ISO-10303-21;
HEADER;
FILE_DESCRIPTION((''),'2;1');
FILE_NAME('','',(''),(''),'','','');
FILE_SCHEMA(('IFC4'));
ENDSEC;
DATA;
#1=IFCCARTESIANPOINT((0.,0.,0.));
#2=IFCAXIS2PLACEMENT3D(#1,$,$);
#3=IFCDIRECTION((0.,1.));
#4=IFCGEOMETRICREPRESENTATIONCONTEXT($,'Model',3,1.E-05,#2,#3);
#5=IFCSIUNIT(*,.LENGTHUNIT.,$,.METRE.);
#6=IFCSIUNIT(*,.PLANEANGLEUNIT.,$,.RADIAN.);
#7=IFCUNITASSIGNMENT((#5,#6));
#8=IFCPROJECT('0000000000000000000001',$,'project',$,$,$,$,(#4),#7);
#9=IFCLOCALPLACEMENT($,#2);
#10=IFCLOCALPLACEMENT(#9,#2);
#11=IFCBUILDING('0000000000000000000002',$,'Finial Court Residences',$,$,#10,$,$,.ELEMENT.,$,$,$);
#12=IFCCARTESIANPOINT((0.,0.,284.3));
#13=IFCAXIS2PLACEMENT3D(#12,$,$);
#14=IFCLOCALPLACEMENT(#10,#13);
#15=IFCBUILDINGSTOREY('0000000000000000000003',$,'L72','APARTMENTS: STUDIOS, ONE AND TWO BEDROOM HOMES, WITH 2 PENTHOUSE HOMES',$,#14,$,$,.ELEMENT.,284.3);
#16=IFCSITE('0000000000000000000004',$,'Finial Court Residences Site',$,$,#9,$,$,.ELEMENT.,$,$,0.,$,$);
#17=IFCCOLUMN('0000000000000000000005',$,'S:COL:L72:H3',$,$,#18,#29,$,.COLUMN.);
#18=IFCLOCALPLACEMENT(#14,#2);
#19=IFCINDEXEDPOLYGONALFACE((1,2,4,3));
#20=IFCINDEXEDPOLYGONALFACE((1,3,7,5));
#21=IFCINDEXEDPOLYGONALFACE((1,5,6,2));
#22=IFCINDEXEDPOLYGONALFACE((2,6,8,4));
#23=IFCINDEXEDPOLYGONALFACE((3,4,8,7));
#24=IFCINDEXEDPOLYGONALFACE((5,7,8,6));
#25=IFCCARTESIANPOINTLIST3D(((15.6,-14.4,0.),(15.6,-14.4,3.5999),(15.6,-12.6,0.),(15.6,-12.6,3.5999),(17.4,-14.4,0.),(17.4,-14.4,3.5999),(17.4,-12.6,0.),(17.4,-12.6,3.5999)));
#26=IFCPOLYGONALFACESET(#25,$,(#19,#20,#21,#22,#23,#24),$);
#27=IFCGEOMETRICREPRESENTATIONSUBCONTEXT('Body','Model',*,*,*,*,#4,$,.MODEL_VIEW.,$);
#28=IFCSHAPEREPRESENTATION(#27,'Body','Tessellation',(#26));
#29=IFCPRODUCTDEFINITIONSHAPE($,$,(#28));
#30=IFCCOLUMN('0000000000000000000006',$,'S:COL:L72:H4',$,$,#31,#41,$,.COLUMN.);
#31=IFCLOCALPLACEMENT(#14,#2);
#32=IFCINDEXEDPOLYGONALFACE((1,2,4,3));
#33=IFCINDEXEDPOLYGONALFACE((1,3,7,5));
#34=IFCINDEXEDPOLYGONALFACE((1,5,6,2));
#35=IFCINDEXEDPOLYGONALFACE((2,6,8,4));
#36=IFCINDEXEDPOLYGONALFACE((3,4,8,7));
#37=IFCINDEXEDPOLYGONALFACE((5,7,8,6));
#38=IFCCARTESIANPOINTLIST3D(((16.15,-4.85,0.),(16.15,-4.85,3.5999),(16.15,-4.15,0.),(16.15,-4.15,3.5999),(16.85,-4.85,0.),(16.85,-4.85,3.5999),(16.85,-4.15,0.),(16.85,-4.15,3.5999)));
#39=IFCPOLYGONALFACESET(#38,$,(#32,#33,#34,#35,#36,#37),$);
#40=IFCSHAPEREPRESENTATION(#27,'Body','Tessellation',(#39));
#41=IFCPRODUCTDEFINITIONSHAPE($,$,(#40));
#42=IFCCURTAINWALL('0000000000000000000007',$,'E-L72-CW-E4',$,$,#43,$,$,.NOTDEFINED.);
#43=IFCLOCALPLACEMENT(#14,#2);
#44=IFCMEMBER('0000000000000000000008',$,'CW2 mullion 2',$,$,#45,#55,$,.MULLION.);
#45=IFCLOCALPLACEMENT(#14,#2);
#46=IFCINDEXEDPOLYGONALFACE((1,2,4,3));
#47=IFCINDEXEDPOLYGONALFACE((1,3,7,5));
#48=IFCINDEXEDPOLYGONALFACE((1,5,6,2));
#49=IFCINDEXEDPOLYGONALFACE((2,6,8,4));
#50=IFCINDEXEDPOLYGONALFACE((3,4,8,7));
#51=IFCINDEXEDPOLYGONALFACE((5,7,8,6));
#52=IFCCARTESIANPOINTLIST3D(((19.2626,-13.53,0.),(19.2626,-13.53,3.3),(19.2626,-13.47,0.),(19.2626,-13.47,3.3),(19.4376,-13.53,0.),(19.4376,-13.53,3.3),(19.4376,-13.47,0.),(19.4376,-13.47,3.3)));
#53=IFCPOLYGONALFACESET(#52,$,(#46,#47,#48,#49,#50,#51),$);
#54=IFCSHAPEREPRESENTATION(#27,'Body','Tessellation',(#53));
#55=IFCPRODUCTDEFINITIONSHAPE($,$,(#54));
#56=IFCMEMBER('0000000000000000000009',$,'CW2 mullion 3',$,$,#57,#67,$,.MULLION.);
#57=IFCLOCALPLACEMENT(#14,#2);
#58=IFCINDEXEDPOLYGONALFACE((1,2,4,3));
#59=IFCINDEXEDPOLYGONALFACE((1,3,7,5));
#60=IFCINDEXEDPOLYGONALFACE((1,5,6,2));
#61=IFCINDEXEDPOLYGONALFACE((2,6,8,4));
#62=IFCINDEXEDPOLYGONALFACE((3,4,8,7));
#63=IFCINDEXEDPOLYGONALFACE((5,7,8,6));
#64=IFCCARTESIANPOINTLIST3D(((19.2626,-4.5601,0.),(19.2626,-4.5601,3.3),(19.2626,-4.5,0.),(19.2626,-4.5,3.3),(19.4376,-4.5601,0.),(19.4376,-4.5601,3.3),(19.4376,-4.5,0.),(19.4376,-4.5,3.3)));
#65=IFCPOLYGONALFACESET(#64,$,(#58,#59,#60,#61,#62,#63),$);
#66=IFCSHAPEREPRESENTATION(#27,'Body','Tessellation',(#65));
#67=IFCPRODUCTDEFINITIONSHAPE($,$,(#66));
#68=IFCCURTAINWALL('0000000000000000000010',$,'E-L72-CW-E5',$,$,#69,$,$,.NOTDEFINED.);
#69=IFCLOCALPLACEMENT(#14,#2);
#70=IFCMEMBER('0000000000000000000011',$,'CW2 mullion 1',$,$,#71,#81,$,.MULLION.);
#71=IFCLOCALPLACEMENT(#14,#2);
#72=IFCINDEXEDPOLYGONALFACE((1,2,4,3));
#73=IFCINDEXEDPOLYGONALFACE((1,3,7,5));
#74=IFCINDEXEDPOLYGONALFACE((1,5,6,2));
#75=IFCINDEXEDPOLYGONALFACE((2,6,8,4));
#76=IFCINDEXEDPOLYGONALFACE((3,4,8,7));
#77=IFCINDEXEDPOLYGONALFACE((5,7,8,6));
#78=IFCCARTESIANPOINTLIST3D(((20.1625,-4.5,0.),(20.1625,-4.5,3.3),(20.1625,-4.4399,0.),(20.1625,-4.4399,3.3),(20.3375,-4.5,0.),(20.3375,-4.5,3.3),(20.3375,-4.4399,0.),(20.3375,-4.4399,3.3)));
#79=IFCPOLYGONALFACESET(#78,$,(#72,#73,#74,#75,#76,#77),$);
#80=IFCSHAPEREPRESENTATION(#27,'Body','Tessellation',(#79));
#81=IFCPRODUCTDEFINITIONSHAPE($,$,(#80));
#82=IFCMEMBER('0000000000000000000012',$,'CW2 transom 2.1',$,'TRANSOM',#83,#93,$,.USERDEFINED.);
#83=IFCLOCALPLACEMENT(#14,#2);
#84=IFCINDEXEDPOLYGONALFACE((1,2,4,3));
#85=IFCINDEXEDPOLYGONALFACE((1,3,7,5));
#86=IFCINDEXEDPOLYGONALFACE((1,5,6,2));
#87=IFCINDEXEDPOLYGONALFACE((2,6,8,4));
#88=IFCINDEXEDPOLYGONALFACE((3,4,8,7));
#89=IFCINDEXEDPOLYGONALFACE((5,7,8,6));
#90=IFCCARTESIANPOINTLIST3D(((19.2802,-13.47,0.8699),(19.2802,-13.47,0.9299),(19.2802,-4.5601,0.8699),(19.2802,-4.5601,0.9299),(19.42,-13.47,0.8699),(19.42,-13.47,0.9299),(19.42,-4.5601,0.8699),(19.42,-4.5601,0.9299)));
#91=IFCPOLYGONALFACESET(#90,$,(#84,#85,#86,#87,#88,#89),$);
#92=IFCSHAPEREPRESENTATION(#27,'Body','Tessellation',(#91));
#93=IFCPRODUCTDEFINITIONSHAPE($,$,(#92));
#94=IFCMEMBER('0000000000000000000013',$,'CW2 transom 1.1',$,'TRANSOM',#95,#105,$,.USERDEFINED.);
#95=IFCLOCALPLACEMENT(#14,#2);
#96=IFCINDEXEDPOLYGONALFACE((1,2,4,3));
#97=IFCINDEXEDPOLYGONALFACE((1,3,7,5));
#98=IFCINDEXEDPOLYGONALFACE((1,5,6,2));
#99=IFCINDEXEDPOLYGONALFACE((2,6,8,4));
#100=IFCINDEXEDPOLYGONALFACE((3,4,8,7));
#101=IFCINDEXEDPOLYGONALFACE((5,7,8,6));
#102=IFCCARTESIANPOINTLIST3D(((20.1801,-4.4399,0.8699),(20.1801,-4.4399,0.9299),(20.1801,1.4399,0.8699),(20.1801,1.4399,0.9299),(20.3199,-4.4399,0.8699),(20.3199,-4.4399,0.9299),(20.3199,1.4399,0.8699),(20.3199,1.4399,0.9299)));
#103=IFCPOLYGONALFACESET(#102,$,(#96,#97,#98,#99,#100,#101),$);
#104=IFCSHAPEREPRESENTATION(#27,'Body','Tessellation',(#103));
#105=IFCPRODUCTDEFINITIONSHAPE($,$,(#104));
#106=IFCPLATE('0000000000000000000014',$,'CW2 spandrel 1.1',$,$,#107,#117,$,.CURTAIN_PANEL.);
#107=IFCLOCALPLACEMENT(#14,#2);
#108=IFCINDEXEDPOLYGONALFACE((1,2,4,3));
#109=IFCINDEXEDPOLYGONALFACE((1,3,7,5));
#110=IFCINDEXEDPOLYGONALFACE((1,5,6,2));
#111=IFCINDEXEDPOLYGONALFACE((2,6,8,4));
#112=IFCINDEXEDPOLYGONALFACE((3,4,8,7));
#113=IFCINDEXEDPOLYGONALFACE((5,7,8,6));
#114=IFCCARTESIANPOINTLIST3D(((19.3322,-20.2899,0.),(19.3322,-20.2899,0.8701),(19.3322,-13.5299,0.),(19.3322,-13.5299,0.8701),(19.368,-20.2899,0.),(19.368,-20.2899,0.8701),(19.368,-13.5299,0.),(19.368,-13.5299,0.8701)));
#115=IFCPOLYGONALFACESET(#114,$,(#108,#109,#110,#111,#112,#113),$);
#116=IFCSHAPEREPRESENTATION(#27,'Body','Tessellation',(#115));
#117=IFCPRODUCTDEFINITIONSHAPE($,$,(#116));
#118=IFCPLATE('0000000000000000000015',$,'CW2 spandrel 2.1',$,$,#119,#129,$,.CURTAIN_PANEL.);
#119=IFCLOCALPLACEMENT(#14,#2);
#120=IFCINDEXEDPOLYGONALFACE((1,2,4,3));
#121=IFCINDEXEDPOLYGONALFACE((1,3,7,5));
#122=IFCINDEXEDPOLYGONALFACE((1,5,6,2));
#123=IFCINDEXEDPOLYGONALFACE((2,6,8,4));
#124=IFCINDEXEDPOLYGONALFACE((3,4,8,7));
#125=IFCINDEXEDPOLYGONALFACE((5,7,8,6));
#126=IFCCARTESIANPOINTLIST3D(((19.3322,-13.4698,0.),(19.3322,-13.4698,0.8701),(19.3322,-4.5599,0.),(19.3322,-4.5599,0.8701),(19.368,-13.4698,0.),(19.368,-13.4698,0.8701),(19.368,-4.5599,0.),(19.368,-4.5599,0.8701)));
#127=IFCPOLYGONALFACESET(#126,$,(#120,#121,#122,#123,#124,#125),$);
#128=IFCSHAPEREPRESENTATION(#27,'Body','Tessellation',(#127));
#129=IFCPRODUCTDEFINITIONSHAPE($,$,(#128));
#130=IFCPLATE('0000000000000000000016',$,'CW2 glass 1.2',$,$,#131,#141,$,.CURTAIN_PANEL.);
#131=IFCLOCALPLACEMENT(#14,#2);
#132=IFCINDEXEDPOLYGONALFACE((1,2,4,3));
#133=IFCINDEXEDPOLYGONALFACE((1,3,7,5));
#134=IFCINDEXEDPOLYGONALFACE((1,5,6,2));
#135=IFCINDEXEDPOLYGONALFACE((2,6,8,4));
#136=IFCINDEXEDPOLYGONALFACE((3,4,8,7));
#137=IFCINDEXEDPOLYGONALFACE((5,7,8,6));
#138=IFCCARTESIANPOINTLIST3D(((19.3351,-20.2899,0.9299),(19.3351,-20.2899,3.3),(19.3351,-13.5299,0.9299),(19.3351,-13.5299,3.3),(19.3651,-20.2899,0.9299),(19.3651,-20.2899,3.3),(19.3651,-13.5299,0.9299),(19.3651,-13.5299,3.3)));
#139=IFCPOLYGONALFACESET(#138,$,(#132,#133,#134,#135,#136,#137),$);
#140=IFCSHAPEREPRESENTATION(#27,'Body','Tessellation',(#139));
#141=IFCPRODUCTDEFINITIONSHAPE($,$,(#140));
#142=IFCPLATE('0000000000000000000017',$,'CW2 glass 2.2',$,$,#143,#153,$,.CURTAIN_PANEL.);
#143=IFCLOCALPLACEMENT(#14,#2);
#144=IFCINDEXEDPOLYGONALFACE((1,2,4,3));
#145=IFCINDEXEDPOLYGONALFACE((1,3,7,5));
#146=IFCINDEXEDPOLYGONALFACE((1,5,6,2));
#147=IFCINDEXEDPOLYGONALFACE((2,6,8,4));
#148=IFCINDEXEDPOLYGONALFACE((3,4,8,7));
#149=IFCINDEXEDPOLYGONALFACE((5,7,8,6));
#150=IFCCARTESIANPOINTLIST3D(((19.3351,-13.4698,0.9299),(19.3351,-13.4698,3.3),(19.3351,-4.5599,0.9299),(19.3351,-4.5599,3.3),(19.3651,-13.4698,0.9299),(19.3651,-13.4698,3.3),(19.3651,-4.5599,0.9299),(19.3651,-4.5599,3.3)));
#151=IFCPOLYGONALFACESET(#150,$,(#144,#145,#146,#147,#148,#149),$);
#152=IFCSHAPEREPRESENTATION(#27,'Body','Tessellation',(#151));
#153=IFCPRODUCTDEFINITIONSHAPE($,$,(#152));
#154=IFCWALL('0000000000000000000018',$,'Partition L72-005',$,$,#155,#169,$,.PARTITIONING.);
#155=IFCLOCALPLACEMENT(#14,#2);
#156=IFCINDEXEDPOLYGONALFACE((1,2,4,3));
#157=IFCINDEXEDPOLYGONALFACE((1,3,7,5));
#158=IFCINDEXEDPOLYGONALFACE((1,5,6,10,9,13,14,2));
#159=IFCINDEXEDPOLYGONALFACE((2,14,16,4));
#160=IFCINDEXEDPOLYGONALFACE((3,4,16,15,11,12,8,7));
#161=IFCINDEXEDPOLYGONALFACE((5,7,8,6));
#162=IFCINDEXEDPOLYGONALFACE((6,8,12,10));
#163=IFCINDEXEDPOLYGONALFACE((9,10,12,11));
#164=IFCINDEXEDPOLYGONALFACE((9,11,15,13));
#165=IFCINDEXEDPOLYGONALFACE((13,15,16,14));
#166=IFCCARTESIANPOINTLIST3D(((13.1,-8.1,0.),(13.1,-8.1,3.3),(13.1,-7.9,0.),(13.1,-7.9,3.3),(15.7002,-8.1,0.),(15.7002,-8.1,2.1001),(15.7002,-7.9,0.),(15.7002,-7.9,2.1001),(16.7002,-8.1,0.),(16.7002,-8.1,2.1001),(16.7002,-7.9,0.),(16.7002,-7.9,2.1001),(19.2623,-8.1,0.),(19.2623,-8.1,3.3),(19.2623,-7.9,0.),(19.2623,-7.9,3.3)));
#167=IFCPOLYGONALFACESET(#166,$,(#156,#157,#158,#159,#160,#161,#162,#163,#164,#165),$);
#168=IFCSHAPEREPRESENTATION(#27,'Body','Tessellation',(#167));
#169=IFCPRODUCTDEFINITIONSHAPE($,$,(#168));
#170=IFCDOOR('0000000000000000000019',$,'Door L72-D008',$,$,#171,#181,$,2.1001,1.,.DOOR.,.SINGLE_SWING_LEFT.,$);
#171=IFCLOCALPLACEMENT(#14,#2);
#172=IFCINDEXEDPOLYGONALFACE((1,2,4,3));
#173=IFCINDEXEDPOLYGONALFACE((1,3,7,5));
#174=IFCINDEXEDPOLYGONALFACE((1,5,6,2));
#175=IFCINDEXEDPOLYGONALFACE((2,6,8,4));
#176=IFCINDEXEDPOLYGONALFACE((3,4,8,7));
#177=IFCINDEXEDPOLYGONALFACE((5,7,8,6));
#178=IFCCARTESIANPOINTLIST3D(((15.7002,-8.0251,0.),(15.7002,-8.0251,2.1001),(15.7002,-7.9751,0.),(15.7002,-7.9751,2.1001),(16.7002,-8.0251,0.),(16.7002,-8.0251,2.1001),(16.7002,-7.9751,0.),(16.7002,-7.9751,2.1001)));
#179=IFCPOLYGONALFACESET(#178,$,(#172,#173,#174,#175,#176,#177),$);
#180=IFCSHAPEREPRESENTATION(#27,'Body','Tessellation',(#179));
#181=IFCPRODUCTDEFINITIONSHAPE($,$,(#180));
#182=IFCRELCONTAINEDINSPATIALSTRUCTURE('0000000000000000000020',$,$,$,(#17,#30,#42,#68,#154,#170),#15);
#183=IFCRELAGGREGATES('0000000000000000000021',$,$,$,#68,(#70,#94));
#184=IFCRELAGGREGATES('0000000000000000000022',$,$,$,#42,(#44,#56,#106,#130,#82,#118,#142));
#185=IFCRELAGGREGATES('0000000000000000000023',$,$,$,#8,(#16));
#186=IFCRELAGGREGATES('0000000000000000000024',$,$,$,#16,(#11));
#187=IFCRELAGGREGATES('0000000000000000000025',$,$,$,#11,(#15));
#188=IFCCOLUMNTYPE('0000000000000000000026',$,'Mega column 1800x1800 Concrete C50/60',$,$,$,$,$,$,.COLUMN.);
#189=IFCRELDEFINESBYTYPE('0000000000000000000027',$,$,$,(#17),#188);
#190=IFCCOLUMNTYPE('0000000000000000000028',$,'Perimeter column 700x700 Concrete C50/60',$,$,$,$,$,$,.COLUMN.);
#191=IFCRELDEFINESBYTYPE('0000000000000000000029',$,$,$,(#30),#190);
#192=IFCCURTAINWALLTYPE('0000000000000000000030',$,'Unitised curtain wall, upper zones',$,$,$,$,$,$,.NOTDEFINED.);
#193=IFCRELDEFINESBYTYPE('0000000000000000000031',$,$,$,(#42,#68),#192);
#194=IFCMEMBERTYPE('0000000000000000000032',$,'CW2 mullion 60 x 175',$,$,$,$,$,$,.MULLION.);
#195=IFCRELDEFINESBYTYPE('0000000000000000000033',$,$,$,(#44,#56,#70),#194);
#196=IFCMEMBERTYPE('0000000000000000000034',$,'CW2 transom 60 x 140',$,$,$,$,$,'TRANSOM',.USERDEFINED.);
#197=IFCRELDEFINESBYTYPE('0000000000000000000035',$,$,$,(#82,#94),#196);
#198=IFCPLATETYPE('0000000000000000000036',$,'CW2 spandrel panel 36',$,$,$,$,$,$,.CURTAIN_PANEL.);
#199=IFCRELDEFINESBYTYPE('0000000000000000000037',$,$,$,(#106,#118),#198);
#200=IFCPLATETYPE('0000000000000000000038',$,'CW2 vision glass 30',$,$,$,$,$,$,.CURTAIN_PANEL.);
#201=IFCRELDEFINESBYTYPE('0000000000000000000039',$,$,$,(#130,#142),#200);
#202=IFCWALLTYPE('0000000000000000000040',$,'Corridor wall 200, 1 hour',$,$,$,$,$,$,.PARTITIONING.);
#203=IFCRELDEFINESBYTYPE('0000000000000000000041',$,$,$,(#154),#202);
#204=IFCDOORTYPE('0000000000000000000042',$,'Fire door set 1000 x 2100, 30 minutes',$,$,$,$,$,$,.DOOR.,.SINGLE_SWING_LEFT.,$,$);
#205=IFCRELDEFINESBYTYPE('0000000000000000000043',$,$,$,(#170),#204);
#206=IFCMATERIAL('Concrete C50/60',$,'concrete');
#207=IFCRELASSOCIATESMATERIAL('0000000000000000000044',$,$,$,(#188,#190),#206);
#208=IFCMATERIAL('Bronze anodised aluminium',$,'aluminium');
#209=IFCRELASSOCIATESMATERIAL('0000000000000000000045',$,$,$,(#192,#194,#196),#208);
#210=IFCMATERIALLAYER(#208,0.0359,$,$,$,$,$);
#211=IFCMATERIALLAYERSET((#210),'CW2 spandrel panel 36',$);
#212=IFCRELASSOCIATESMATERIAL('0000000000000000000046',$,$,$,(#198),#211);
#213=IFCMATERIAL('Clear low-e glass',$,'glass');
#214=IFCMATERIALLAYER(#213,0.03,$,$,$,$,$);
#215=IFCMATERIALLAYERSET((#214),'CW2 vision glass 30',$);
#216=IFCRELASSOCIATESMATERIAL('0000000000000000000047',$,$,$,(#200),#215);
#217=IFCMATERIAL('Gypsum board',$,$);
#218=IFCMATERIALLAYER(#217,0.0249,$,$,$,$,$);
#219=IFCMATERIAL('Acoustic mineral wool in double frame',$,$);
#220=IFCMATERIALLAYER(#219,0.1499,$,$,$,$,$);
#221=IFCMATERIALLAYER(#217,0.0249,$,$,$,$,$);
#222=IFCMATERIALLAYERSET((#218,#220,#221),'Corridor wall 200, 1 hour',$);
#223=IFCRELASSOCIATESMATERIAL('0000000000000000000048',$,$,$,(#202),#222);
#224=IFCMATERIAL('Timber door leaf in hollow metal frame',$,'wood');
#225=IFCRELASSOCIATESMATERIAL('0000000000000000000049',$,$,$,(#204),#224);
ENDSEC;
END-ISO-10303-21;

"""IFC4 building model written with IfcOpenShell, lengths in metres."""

from ifc_helpers import new_model, si_unit, direction, frame, frame_2d, origin, origin_2d, place, context, subcontext, project, spatial, rectangle, extrude, material, layer, layer_set, material_profile, profile_set, type_object, element, fill, aggregate, save


model = new_model("IFC4")

# Units and contexts
model_context = context("Model", 3, precision=1e-05, world=origin(), true_north=direction((0.0, 1.0)))
body_context = subcontext(model_context, "Body", "Model", "MODEL_VIEW")
ifc_project = project(units=[si_unit("LENGTHUNIT", "METRE"), si_unit("PLANEANGLEUNIT", "RADIAN")], contexts=[model_context])

# Site, building, storey
site_placement = place(None, origin())
site = spatial("IfcSite", under=ifc_project, at=site_placement, Name="Finial Court Residences Site", CompositionType="ELEMENT", RefElevation=0.0)
building_placement = place(site_placement, origin())
building = spatial("IfcBuilding", under=site, at=building_placement, Name="Finial Court Residences", CompositionType="ELEMENT")
storey_placement = place(building_placement, frame((0.0, 0.0, 284.3)))
storey = spatial("IfcBuildingStorey", under=building, at=storey_placement, Name="L72", Description="APARTMENTS: STUDIOS, ONE AND TWO BEDROOM HOMES, WITH 2 PENTHOUSE HOMES", CompositionType="ELEMENT", Elevation=284.3)

# Columns
ifc_material_1 = material(Name="Concrete C50/60", Category="concrete")
ifc_material_profile_1 = material_profile(ifc_material_1, rectangle(XDim=1.8, YDim=1.8, at=origin_2d()), Name="1800x1800")
ifc_profile_set_1 = profile_set([ifc_material_profile_1], Name="Concrete C50/60")
column_type_1 = type_object("IfcColumnType", Name="Mega column 1800x1800 Concrete C50/60", PredefinedType="COLUMN", material=ifc_profile_set_1)
column_1_placement = place(storey_placement, frame((16.5, -13.5, 0.0), z_axis=(0.0, 0.0, 1.0), x_axis=(1.0, 0.0, 0.0)))
element("IfcColumn", 1, at=column_1_placement, inside=storey, type_object=column_type_1, Name="S:COL:L72:H3", PredefinedType="COLUMN", context=body_context, shape_type="SweptSolid", body=[
    extrude(rectangle(XDim=1.8, YDim=1.8, at=origin_2d()), origin(), (0.0, 0.0, 1.0), 3.5999),
])
ifc_material_profile_2 = material_profile(ifc_material_1, rectangle(XDim=0.7, YDim=0.7, at=origin_2d()), Name="700x700")
ifc_profile_set_2 = profile_set([ifc_material_profile_2], Name="Concrete C50/60")
column_type_2 = type_object("IfcColumnType", Name="Perimeter column 700x700 Concrete C50/60", PredefinedType="COLUMN", material=ifc_profile_set_2)
column_2_placement = place(storey_placement, frame((16.5, -4.5, 0.0), z_axis=(0.0, 0.0, 1.0), x_axis=(1.0, 0.0, 0.0)))
element("IfcColumn", 2, at=column_2_placement, inside=storey, type_object=column_type_2, Name="S:COL:L72:H4", PredefinedType="COLUMN", context=body_context, shape_type="SweptSolid", body=[
    extrude(rectangle(XDim=0.7, YDim=0.7, at=origin_2d()), origin(), (0.0, 0.0, 1.0), 3.5999),
])

# Curtain wall, members
ifc_material_2 = material(Name="Bronze anodised aluminium", Category="aluminium")
curtain_wall_type = type_object("IfcCurtainWallType", Name="Unitised curtain wall, upper zones", PredefinedType="NOTDEFINED", material=ifc_material_2)
curtain_wall_1_placement = place(storey_placement, origin())
curtain_wall_1 = element("IfcCurtainWall", 3, at=curtain_wall_1_placement, inside=storey, type_object=curtain_wall_type, Name="E-L72-CW-E4", PredefinedType="NOTDEFINED")
ifc_material_profile_3 = material_profile(ifc_material_2, rectangle(XDim=0.175, YDim=0.0601, at=origin_2d()), Name="CW2 mullion 60 x 175")
ifc_profile_set_3 = profile_set([ifc_material_profile_3], Name="Bronze anodised aluminium")
member_type_1 = type_object("IfcMemberType", Name="CW2 mullion 60 x 175", PredefinedType="MULLION", material=ifc_profile_set_3)
member_1_placement = place(storey_placement, frame((19.3501, -13.5, 0.0), z_axis=(0.0, 0.0, 1.0), x_axis=(-1.0, 0.0, 0.0)))
member_1 = element("IfcMember", 4, at=member_1_placement, type_object=member_type_1, Name="CW2 mullion 2", PredefinedType="MULLION", context=body_context, shape_type="SweptSolid", body=[
    extrude(rectangle(XDim=0.175, YDim=0.0601, at=origin_2d()), origin(), (0.0, 0.0, 1.0), 3.3),
])
member_2_placement = place(storey_placement, frame((19.3501, -4.53, 0.0), z_axis=(0.0, 0.0, 1.0), x_axis=(-1.0, 0.0, 0.0)))
member_2 = element("IfcMember", 5, at=member_2_placement, type_object=member_type_1, Name="CW2 mullion 3", PredefinedType="MULLION", context=body_context, shape_type="SweptSolid", body=[
    extrude(rectangle(XDim=0.175, YDim=0.0601, at=origin_2d()), origin(), (0.0, 0.0, 1.0), 3.3),
])

# Curtain wall, member
curtain_wall_2_placement = place(storey_placement, origin())
curtain_wall_2 = element("IfcCurtainWall", 6, at=curtain_wall_2_placement, inside=storey, type_object=curtain_wall_type, Name="E-L72-CW-E5", PredefinedType="NOTDEFINED")
member_3_placement = place(storey_placement, frame((20.25, -4.47, 0.0), z_axis=(0.0, 0.0, 1.0), x_axis=(-1.0, 0.0, 0.0)))
member_3 = element("IfcMember", 7, at=member_3_placement, type_object=member_type_1, Name="CW2 mullion 1", PredefinedType="MULLION", context=body_context, shape_type="SweptSolid", body=[
    extrude(rectangle(XDim=0.175, YDim=0.0601, at=origin_2d()), origin(), (0.0, 0.0, 1.0), 3.3),
])

# Members
ifc_material_profile_4 = material_profile(ifc_material_2, rectangle(XDim=0.1399, YDim=0.0601, at=origin_2d()), Name="CW2 transom 60 x 140")
ifc_profile_set_4 = profile_set([ifc_material_profile_4], Name="Bronze anodised aluminium")
member_type_2 = type_object("IfcMemberType", Name="CW2 transom 60 x 140", ElementType="TRANSOM", PredefinedType="USERDEFINED", material=ifc_profile_set_4)
member_4_placement = place(storey_placement, frame((19.3501, -13.47, 0.8999), z_axis=(0.0, 1.0, 0.0), x_axis=(-1.0, 0.0, 0.0)))
member_4 = element("IfcMember", 8, at=member_4_placement, type_object=member_type_2, Name="CW2 transom 2.1", ObjectType="TRANSOM", PredefinedType="USERDEFINED", context=body_context, shape_type="SweptSolid", body=[
    extrude(rectangle(XDim=0.1399, YDim=0.0601, at=origin_2d()), origin(), (0.0, 0.0, 1.0), 8.9099),
])
member_5_placement = place(storey_placement, frame((20.25, -4.4399, 0.8999), z_axis=(0.0, 1.0, 0.0), x_axis=(-1.0, 0.0, 0.0)))
member_5 = element("IfcMember", 9, at=member_5_placement, type_object=member_type_2, Name="CW2 transom 1.1", ObjectType="TRANSOM", PredefinedType="USERDEFINED", context=body_context, shape_type="SweptSolid", body=[
    extrude(rectangle(XDim=0.1399, YDim=0.0601, at=origin_2d()), origin(), (0.0, 0.0, 1.0), 5.8799),
])
aggregate(curtain_wall_2, [member_3, member_5])

# Plates
ifc_layer_1 = layer(ifc_material_2, 0.0359)
ifc_layer_set_1 = layer_set([ifc_layer_1], Name="CW2 spandrel panel 36")
plate_type_1 = type_object("IfcPlateType", Name="CW2 spandrel panel 36", PredefinedType="CURTAIN_PANEL", material=ifc_layer_set_1)
plate_1_placement = place(storey_placement, frame((19.3501, -16.9099, 0.0), z_axis=(0.0, 0.0, 1.0), x_axis=(0.0, 1.0, 0.0)))
plate_1 = element("IfcPlate", 10, at=plate_1_placement, type_object=plate_type_1, Name="CW2 spandrel 1.1", PredefinedType="CURTAIN_PANEL", context=body_context, shape_type="SweptSolid", body=[
    extrude(rectangle(XDim=6.76, YDim=0.0359, at=origin_2d()), origin(), (0.0, 0.0, 1.0), 0.8701),
])
plate_2_placement = place(storey_placement, frame((19.3501, -9.0149, 0.0), z_axis=(0.0, 0.0, 1.0), x_axis=(0.0, 1.0, 0.0)))
plate_2 = element("IfcPlate", 11, at=plate_2_placement, type_object=plate_type_1, Name="CW2 spandrel 2.1", PredefinedType="CURTAIN_PANEL", context=body_context, shape_type="SweptSolid", body=[
    extrude(rectangle(XDim=8.9099, YDim=0.0359, at=origin_2d()), origin(), (0.0, 0.0, 1.0), 0.8701),
])
ifc_material_3 = material(Name="Clear low-e glass", Category="glass")
ifc_layer_2 = layer(ifc_material_3, 0.03)
ifc_layer_set_2 = layer_set([ifc_layer_2], Name="CW2 vision glass 30")
plate_type_2 = type_object("IfcPlateType", Name="CW2 vision glass 30", PredefinedType="CURTAIN_PANEL", material=ifc_layer_set_2)
plate_3_placement = place(storey_placement, frame((19.3501, -16.9099, 0.9299), z_axis=(0.0, 0.0, 1.0), x_axis=(0.0, 1.0, 0.0)))
plate_3 = element("IfcPlate", 12, at=plate_3_placement, type_object=plate_type_2, Name="CW2 glass 1.2", PredefinedType="CURTAIN_PANEL", context=body_context, shape_type="SweptSolid", body=[
    extrude(rectangle(XDim=6.76, YDim=0.03, at=origin_2d()), origin(), (0.0, 0.0, 1.0), 2.3701),
])
plate_4_placement = place(storey_placement, frame((19.3501, -9.0149, 0.9299), z_axis=(0.0, 0.0, 1.0), x_axis=(0.0, 1.0, 0.0)))
plate_4 = element("IfcPlate", 13, at=plate_4_placement, type_object=plate_type_2, Name="CW2 glass 2.2", PredefinedType="CURTAIN_PANEL", context=body_context, shape_type="SweptSolid", body=[
    extrude(rectangle(XDim=8.9099, YDim=0.03, at=origin_2d()), origin(), (0.0, 0.0, 1.0), 2.3701),
])
aggregate(curtain_wall_1, [member_1, member_2, plate_1, plate_3, member_4, plate_2, plate_4])

# Wall, opening, door
ifc_material_4 = material(Name="Gypsum board")
ifc_layer_3 = layer(ifc_material_4, 0.0249)
ifc_material_5 = material(Name="Acoustic mineral wool in double frame")
ifc_layer_4 = layer(ifc_material_5, 0.1499)
ifc_layer_5 = layer(ifc_material_4, 0.0249)
ifc_layer_set_3 = layer_set([ifc_layer_3, ifc_layer_4, ifc_layer_5], Name="Corridor wall 200, 1 hour")
wall_type_1 = type_object("IfcWallType", Name="Corridor wall 200, 1 hour", PredefinedType="PARTITIONING", material=ifc_layer_set_3)
wall_1_placement = place(storey_placement, frame((13.1001, -8.0, 0.0), z_axis=(0.0, 0.0, 1.0), x_axis=(1.0, 0.0, 0.0)))
wall_1 = element("IfcWall", 14, at=wall_1_placement, inside=storey, type_object=wall_type_1, Name="Partition L72-005", PredefinedType="PARTITIONING", context=body_context, shape_type="SweptSolid", body=[
    extrude(rectangle(XDim=6.1624, YDim=0.2, at=frame_2d((3.0811, 0.0))), origin(), (0.0, 0.0, 1.0), 3.3),
])
opening_1_placement = place(wall_1_placement, frame((2.6001, 0.0, 0.0)))
opening_1 = element("IfcOpeningElement", 15, at=opening_1_placement, cuts=wall_1, PredefinedType="OPENING", context=body_context, shape_type="SweptSolid", body=[
    extrude(rectangle(XDim=1.0, YDim=2.1001, at=frame_2d((0.5, 1.05))), frame((0.0, 0.1099, 0.0), z_axis=(0.0, -1.0, 0.0), x_axis=(1.0, 0.0, 0.0)), (0.0, 0.0, 1.0), 0.22),
])
ifc_material_6 = material(Name="Timber door leaf in hollow metal frame", Category="wood")
door_type_1 = type_object("IfcDoorType", Name="Fire door set 1000 x 2100, 30 minutes", OperationType="SINGLE_SWING_LEFT", PredefinedType="DOOR", material=ifc_material_6)
door_1_placement = place(opening_1_placement, origin())
door_1 = element("IfcDoor", 16, at=door_1_placement, inside=storey, type_object=door_type_1, Name="Door L72-D008", OperationType="SINGLE_SWING_LEFT", OverallHeight=2.1001, OverallWidth=1.0, PredefinedType="DOOR", context=body_context, shape_type="SweptSolid", body=[
    extrude(rectangle(XDim=1.0, YDim=2.1001, at=frame_2d((0.5, 1.05))), frame((0.0, 0.0249, 0.0), z_axis=(0.0, -1.0, 0.0), x_axis=(1.0, 0.0, 0.0)), (0.0, 0.0, 1.0), 0.05),
])
fill(opening_1, door_1)

save(model, "model.ifc")
